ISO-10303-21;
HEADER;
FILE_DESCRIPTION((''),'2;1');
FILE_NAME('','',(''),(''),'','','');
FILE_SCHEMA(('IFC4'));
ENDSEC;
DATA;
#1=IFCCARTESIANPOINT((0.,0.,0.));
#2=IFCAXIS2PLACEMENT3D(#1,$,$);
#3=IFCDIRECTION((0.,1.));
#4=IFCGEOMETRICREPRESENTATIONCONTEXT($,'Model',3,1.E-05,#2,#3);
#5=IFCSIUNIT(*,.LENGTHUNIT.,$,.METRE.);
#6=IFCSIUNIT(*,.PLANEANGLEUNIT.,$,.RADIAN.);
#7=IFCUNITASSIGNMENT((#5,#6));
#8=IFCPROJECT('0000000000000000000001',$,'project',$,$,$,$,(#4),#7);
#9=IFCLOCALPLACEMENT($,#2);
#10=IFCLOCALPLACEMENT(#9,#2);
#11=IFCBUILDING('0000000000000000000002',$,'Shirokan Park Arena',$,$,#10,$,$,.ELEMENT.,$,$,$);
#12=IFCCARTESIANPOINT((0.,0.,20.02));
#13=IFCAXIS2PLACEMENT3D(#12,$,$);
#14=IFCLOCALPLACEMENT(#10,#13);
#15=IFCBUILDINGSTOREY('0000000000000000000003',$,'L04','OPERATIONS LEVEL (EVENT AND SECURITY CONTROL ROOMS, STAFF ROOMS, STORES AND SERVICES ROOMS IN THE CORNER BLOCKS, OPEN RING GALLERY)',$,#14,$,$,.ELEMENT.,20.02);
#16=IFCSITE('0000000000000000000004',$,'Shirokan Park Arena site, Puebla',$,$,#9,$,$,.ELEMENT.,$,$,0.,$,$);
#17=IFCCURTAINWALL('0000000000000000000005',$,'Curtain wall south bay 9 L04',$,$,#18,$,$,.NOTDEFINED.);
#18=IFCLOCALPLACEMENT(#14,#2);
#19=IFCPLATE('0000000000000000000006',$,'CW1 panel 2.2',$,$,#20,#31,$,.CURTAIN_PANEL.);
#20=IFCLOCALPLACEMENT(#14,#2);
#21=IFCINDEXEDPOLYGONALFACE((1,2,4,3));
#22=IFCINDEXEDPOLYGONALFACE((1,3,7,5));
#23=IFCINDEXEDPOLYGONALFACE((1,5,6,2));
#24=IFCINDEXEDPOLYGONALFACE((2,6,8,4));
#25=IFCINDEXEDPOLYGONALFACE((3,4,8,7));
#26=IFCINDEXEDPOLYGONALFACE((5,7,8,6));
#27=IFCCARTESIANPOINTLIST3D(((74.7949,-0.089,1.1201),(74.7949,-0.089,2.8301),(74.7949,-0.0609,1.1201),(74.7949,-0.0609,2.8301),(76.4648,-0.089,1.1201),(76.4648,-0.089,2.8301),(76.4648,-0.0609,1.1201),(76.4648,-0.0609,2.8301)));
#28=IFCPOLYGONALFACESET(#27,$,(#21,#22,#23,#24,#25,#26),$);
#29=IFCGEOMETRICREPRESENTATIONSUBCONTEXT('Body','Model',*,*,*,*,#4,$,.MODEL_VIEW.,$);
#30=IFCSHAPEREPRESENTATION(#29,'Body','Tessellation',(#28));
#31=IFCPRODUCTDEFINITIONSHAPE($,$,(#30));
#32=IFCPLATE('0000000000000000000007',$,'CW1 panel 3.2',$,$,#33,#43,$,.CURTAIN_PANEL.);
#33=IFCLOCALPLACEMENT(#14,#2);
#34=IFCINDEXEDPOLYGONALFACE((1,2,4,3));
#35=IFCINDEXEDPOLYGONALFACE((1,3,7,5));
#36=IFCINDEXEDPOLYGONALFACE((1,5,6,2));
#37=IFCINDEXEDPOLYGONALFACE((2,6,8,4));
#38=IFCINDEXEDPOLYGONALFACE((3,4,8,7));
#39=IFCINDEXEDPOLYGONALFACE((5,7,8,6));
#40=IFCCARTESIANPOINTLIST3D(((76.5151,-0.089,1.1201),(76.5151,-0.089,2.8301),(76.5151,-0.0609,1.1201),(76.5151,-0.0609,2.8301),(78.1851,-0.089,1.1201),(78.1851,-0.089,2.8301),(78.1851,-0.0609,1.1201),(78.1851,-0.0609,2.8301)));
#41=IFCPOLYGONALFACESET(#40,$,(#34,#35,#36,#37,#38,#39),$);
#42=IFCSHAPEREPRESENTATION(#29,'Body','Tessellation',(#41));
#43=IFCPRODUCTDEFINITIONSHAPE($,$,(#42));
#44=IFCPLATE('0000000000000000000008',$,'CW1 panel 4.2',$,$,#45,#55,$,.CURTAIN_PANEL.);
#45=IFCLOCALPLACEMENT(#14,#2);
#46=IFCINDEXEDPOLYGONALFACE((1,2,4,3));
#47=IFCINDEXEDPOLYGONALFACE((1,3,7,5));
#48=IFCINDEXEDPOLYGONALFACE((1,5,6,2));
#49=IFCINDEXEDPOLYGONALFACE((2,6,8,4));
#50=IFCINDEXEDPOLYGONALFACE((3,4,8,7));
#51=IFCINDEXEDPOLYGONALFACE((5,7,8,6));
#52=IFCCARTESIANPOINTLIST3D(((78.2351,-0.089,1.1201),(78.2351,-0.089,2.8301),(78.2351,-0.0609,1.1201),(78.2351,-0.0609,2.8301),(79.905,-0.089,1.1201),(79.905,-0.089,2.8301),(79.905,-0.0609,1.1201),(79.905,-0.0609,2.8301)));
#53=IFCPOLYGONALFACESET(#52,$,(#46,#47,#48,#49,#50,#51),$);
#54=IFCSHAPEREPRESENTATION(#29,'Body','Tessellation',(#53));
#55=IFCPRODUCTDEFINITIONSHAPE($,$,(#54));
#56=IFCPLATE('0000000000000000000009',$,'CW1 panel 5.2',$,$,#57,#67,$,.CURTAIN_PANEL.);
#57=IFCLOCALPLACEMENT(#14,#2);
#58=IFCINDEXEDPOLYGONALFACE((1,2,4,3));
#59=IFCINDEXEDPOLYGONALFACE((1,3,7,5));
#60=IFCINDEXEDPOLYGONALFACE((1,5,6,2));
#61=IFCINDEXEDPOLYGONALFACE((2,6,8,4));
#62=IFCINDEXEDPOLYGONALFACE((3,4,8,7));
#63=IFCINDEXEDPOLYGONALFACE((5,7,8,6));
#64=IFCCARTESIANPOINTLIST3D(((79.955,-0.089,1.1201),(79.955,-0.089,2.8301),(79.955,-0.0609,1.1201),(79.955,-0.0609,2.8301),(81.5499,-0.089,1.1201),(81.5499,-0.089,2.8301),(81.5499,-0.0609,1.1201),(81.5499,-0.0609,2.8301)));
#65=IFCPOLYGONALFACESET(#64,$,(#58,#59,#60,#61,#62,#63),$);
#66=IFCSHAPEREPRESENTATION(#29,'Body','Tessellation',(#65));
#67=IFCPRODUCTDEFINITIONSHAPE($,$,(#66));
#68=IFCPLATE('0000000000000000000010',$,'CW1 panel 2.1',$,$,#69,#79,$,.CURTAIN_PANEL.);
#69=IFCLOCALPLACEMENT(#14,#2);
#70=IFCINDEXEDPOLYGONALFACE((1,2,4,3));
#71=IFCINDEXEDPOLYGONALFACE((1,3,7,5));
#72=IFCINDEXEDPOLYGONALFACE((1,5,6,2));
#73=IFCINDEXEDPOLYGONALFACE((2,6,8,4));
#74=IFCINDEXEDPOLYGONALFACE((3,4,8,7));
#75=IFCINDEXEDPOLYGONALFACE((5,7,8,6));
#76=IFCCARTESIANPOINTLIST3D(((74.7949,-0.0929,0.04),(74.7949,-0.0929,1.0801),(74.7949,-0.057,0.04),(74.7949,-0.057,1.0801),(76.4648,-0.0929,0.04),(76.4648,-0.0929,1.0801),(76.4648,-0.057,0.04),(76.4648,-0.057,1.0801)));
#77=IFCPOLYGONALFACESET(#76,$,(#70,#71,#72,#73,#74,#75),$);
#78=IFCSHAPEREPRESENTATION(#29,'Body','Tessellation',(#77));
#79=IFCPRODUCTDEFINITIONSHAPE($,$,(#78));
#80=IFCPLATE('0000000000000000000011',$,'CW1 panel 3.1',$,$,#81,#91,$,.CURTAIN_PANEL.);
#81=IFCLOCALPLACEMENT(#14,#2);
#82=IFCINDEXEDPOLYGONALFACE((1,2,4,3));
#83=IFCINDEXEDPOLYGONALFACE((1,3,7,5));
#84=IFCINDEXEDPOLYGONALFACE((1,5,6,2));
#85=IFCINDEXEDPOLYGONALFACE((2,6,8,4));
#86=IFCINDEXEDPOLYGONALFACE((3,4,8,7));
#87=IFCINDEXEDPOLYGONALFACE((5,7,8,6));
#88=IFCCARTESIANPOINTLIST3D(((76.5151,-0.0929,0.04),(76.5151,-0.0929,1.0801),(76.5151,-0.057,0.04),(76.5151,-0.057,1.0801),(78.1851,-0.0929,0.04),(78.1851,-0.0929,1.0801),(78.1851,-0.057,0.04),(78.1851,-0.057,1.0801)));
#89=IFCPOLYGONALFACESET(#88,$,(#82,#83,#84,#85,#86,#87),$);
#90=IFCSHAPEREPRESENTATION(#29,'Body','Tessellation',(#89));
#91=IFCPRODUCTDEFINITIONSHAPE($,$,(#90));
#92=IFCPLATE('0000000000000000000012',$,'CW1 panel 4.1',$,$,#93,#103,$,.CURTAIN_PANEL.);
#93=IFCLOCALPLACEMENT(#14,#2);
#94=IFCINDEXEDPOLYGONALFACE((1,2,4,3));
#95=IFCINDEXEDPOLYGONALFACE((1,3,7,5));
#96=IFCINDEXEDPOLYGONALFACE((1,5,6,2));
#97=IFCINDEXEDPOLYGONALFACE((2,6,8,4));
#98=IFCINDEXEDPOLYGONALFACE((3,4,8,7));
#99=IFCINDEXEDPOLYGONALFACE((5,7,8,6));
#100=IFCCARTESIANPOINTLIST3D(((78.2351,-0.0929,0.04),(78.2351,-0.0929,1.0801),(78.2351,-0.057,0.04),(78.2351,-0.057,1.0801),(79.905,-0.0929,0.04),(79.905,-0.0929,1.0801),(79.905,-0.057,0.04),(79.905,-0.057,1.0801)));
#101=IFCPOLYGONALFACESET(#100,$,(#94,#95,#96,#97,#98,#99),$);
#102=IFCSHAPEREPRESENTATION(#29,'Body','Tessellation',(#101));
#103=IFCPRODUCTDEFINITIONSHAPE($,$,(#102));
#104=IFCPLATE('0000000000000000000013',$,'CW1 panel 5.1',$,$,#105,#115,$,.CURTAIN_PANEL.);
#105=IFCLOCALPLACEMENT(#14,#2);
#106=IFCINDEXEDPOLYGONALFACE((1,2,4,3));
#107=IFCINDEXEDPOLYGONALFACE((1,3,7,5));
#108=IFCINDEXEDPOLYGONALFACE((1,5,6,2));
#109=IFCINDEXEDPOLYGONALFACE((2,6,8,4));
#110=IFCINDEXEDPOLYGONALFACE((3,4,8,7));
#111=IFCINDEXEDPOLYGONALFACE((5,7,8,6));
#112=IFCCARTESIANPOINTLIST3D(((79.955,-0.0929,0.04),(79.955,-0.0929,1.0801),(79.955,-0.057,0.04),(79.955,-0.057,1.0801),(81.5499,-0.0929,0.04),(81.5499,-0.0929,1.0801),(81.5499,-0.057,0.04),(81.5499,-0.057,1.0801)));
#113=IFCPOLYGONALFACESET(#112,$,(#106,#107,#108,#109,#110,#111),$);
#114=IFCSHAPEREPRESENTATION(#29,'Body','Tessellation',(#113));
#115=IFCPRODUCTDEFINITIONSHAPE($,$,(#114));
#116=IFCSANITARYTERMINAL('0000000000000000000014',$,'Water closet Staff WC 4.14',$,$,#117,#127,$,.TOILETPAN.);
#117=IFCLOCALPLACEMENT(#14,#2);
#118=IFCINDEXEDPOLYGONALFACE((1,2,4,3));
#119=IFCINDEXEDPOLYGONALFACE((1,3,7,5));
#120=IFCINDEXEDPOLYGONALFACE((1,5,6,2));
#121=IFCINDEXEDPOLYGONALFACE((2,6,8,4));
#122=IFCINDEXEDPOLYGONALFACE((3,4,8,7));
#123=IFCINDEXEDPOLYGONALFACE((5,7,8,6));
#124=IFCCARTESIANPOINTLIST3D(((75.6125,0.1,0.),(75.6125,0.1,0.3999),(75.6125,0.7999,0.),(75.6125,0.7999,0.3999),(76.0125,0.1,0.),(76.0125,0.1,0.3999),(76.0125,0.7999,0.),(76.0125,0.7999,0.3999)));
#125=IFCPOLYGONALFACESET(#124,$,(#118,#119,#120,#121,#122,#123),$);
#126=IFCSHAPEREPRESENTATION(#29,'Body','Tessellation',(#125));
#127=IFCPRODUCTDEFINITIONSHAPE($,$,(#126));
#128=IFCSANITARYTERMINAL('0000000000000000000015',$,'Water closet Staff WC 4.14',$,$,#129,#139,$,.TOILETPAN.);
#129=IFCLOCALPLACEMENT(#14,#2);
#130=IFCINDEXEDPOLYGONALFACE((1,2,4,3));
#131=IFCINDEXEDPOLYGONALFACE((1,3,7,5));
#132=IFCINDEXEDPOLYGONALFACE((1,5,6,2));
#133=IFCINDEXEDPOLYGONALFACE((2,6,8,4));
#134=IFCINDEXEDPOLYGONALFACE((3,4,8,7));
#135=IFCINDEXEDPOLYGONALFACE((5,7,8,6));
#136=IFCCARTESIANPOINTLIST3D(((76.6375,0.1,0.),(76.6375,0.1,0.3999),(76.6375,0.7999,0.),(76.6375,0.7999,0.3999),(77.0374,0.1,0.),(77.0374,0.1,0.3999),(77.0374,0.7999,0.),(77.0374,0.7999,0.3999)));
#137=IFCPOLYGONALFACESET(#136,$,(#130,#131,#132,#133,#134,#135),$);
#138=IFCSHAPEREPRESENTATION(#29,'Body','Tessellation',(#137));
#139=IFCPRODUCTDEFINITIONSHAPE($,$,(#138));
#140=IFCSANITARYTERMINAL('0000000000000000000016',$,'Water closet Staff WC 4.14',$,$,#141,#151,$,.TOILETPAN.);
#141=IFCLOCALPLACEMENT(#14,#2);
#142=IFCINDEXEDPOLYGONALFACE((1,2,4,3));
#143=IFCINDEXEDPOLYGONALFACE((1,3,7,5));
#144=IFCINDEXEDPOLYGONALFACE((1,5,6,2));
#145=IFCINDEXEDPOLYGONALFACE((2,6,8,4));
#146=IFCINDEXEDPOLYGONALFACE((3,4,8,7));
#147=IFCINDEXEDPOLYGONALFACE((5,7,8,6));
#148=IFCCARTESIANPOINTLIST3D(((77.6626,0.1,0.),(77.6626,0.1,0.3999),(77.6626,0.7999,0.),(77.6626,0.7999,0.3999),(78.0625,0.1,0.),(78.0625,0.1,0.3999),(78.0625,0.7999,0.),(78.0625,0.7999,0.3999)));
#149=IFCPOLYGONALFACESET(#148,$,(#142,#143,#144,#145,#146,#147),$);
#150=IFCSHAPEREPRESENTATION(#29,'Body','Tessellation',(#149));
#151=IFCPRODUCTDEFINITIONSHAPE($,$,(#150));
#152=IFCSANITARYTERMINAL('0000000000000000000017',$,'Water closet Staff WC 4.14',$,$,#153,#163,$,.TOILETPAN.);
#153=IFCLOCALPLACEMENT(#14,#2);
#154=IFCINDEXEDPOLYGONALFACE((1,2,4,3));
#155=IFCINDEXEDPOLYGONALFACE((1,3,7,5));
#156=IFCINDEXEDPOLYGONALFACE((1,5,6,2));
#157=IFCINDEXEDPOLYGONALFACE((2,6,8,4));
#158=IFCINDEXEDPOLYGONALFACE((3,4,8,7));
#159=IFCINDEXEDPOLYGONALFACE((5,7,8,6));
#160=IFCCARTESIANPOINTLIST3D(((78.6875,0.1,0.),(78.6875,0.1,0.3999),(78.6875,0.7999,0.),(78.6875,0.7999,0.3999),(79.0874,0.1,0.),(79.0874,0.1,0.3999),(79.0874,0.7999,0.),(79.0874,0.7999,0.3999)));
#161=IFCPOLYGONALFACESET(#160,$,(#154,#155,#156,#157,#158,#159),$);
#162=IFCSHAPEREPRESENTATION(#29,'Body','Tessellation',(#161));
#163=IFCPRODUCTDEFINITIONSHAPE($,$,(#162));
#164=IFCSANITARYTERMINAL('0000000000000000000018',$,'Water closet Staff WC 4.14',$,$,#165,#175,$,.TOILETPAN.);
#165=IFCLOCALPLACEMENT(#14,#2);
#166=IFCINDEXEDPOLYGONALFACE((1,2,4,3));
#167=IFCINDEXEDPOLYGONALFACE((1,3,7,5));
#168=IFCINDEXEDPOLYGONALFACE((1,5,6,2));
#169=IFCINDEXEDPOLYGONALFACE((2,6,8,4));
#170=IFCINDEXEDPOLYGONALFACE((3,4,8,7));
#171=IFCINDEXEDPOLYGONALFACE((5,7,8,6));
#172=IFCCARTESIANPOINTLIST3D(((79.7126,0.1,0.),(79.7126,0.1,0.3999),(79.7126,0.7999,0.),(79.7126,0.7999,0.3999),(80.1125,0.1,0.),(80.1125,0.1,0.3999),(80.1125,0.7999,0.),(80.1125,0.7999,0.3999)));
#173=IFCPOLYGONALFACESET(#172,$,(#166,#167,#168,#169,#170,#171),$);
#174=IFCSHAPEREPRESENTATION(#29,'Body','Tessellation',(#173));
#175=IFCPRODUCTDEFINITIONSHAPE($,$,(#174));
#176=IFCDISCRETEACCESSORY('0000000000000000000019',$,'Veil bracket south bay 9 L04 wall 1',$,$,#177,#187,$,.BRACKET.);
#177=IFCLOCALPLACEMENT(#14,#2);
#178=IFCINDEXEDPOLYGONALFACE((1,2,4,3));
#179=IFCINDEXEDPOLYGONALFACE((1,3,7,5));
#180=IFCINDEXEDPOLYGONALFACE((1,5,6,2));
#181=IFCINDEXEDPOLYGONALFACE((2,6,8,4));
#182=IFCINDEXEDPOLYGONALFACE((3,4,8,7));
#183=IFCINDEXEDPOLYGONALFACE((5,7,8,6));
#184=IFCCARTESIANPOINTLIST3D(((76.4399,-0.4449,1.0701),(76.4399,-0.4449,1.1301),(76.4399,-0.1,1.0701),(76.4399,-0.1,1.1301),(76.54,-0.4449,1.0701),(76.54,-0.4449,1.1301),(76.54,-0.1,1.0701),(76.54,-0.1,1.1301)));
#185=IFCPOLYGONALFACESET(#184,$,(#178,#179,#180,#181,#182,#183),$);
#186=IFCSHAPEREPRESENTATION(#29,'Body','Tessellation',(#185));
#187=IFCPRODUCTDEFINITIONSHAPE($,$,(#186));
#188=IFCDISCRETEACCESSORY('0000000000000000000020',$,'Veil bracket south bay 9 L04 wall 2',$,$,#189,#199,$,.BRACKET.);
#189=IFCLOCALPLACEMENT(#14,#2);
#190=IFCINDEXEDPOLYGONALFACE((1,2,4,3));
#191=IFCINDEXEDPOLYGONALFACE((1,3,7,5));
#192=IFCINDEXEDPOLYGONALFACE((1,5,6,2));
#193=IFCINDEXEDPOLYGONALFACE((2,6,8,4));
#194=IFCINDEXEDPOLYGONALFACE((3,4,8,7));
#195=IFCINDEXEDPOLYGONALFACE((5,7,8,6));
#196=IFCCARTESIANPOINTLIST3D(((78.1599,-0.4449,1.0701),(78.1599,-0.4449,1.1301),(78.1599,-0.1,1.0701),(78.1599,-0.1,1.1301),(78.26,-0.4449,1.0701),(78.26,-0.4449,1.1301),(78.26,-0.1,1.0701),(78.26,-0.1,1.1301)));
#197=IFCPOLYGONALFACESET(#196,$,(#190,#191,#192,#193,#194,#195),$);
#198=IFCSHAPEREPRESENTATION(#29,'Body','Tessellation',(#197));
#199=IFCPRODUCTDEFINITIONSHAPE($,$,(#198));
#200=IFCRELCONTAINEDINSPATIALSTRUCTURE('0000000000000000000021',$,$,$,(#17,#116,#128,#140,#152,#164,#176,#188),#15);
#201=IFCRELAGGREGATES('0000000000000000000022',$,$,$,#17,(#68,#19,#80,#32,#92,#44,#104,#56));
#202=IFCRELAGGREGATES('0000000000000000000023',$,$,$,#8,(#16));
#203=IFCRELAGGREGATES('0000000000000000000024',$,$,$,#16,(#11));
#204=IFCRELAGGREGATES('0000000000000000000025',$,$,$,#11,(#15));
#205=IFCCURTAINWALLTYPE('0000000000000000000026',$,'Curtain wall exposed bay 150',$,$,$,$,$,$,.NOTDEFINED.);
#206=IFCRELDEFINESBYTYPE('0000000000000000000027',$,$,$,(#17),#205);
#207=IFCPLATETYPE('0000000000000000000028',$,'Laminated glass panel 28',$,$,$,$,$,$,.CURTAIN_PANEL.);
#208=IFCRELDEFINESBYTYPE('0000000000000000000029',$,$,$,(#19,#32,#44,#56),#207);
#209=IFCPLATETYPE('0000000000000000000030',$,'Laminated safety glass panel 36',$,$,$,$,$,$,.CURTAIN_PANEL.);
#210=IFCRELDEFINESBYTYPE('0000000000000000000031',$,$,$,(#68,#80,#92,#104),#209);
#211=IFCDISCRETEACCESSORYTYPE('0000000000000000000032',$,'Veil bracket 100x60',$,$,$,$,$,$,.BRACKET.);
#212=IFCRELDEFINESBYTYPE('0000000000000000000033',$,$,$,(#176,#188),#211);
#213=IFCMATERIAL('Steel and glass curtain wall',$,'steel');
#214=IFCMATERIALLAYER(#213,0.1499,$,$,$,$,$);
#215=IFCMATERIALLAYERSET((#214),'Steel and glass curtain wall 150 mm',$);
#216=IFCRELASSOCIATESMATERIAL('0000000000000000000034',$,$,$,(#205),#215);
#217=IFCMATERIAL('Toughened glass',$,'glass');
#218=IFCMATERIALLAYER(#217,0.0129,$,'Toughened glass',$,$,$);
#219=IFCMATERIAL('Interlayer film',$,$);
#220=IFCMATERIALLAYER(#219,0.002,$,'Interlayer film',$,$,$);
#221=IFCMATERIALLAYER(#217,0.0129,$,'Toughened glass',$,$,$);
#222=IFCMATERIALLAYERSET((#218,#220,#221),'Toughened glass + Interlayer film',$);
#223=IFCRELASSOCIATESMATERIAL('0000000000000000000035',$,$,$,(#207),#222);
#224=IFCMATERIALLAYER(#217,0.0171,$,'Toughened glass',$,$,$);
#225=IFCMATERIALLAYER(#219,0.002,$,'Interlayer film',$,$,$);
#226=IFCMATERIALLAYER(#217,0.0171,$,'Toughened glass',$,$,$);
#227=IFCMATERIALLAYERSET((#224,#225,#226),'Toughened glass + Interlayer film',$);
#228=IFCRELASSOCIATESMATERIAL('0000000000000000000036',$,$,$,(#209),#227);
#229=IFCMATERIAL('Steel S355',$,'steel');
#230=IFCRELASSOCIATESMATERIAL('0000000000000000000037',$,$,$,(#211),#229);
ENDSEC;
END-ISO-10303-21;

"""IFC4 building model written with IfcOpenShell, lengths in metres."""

from ifc_helpers import new_model, si_unit, direction, frame, origin, origin_2d, place, context, subcontext, project, spatial, rectangle, extrude, material, layer, layer_set, type_object, element, aggregate, save


model = new_model("IFC4")

# Units and contexts
model_context = context("Model", 3, precision=1e-05, world=origin(), true_north=direction((0.0, 1.0)))
body_context = subcontext(model_context, "Body", "Model", "MODEL_VIEW")
ifc_project = project(units=[si_unit("LENGTHUNIT", "METRE"), si_unit("PLANEANGLEUNIT", "RADIAN")], contexts=[model_context])

# Site, building, storey
site_placement = place(None, origin())
site = spatial("IfcSite", under=ifc_project, at=site_placement, Name="Shirokan Park Arena site, Puebla", CompositionType="ELEMENT", RefElevation=0.0)
building_placement = place(site_placement, origin())
building = spatial("IfcBuilding", under=site, at=building_placement, Name="Shirokan Park Arena", CompositionType="ELEMENT")
storey_placement = place(building_placement, frame((0.0, 0.0, 20.02)))
storey = spatial("IfcBuildingStorey", under=building, at=storey_placement, Name="L04", Description="OPERATIONS LEVEL (EVENT AND SECURITY CONTROL ROOMS, STAFF ROOMS, STORES AND SERVICES ROOMS IN THE CORNER BLOCKS, OPEN RING GALLERY)", CompositionType="ELEMENT", Elevation=20.02)

# Curtain wall
ifc_material_1 = material(Name="Steel and glass curtain wall", Category="steel")
ifc_layer_1 = layer(ifc_material_1, 0.1499)
ifc_layer_set_1 = layer_set([ifc_layer_1], Name="Steel and glass curtain wall 150 mm")
curtain_wall_type = type_object("IfcCurtainWallType", Name="Curtain wall exposed bay 150", PredefinedType="NOTDEFINED", material=ifc_layer_set_1)
curtain_wall_placement = place(storey_placement, origin())
curtain_wall = element("IfcCurtainWall", 1, at=curtain_wall_placement, inside=storey, type_object=curtain_wall_type, Name="Curtain wall south bay 9 L04", PredefinedType="NOTDEFINED")
ifc_material_2 = material(Name="Steel S355", Category="steel")

# Plates
ifc_material_3 = material(Name="Toughened glass", Category="glass")
ifc_layer_2 = layer(ifc_material_3, 0.0129, Name="Toughened glass")
ifc_material_4 = material(Name="Interlayer film")
ifc_layer_3 = layer(ifc_material_4, 0.002, Name="Interlayer film")
ifc_layer_4 = layer(ifc_material_3, 0.0129, Name="Toughened glass")
ifc_layer_set_2 = layer_set([ifc_layer_2, ifc_layer_3, ifc_layer_4], Name="Toughened glass + Interlayer film")
plate_type_1 = type_object("IfcPlateType", Name="Laminated glass panel 28", PredefinedType="CURTAIN_PANEL", material=ifc_layer_set_2)
plate_1_placement = place(storey_placement, frame((75.6299, -0.075, 1.1201), z_axis=(0.0, 0.0, 1.0), x_axis=(1.0, 0.0, 0.0)))
plate_1 = element("IfcPlate", 2, at=plate_1_placement, type_object=plate_type_1, Name="CW1 panel 2.2", PredefinedType="CURTAIN_PANEL", context=body_context, shape_type="SweptSolid", body=[
    extrude(rectangle(XDim=1.6699, YDim=0.0281, at=origin_2d()), origin(), (0.0, 0.0, 1.0), 1.71),
])
plate_2_placement = place(storey_placement, frame((77.3501, -0.075, 1.1201), z_axis=(0.0, 0.0, 1.0), x_axis=(1.0, 0.0, 0.0)))
plate_2 = element("IfcPlate", 3, at=plate_2_placement, type_object=plate_type_1, Name="CW1 panel 3.2", PredefinedType="CURTAIN_PANEL", context=body_context, shape_type="SweptSolid", body=[
    extrude(rectangle(XDim=1.6699, YDim=0.0281, at=origin_2d()), origin(), (0.0, 0.0, 1.0), 1.71),
])
plate_3_placement = place(storey_placement, frame((79.0701, -0.075, 1.1201), z_axis=(0.0, 0.0, 1.0), x_axis=(1.0, 0.0, 0.0)))
plate_3 = element("IfcPlate", 4, at=plate_3_placement, type_object=plate_type_1, Name="CW1 panel 4.2", PredefinedType="CURTAIN_PANEL", context=body_context, shape_type="SweptSolid", body=[
    extrude(rectangle(XDim=1.6699, YDim=0.0281, at=origin_2d()), origin(), (0.0, 0.0, 1.0), 1.71),
])
plate_4_placement = place(storey_placement, frame((80.7524, -0.075, 1.1201), z_axis=(0.0, 0.0, 1.0), x_axis=(1.0, 0.0, 0.0)))
plate_4 = element("IfcPlate", 5, at=plate_4_placement, type_object=plate_type_1, Name="CW1 panel 5.2", PredefinedType="CURTAIN_PANEL", context=body_context, shape_type="SweptSolid", body=[
    extrude(rectangle(XDim=1.595, YDim=0.0281, at=origin_2d()), origin(), (0.0, 0.0, 1.0), 1.71),
])
ifc_layer_5 = layer(ifc_material_3, 0.0171, Name="Toughened glass")
ifc_layer_6 = layer(ifc_material_4, 0.002, Name="Interlayer film")
ifc_layer_7 = layer(ifc_material_3, 0.0171, Name="Toughened glass")
ifc_layer_set_3 = layer_set([ifc_layer_5, ifc_layer_6, ifc_layer_7], Name="Toughened glass + Interlayer film")
plate_type_2 = type_object("IfcPlateType", Name="Laminated safety glass panel 36", PredefinedType="CURTAIN_PANEL", material=ifc_layer_set_3)
plate_5_placement = place(storey_placement, frame((75.6299, -0.075, 0.04), z_axis=(0.0, 0.0, 1.0), x_axis=(1.0, 0.0, 0.0)))
plate_5 = element("IfcPlate", 6, at=plate_5_placement, type_object=plate_type_2, Name="CW1 panel 2.1", PredefinedType="CURTAIN_PANEL", context=body_context, shape_type="SweptSolid", body=[
    extrude(rectangle(XDim=1.6699, YDim=0.0359, at=origin_2d()), origin(), (0.0, 0.0, 1.0), 1.04),
])
plate_6_placement = place(storey_placement, frame((77.3501, -0.075, 0.04), z_axis=(0.0, 0.0, 1.0), x_axis=(1.0, 0.0, 0.0)))
plate_6 = element("IfcPlate", 7, at=plate_6_placement, type_object=plate_type_2, Name="CW1 panel 3.1", PredefinedType="CURTAIN_PANEL", context=body_context, shape_type="SweptSolid", body=[
    extrude(rectangle(XDim=1.6699, YDim=0.0359, at=origin_2d()), origin(), (0.0, 0.0, 1.0), 1.04),
])
plate_7_placement = place(storey_placement, frame((79.0701, -0.075, 0.04), z_axis=(0.0, 0.0, 1.0), x_axis=(1.0, 0.0, 0.0)))
plate_7 = element("IfcPlate", 8, at=plate_7_placement, type_object=plate_type_2, Name="CW1 panel 4.1", PredefinedType="CURTAIN_PANEL", context=body_context, shape_type="SweptSolid", body=[
    extrude(rectangle(XDim=1.6699, YDim=0.0359, at=origin_2d()), origin(), (0.0, 0.0, 1.0), 1.04),
])
plate_8_placement = place(storey_placement, frame((80.7524, -0.075, 0.04), z_axis=(0.0, 0.0, 1.0), x_axis=(1.0, 0.0, 0.0)))
plate_8 = element("IfcPlate", 9, at=plate_8_placement, type_object=plate_type_2, Name="CW1 panel 5.1", PredefinedType="CURTAIN_PANEL", context=body_context, shape_type="SweptSolid", body=[
    extrude(rectangle(XDim=1.595, YDim=0.0359, at=origin_2d()), origin(), (0.0, 0.0, 1.0), 1.04),
])
aggregate(curtain_wall, [plate_5, plate_1, plate_6, plate_2, plate_7, plate_3, plate_8, plate_4])

# Sanitary terminals
for number, where, z_axis, x_axis, name in (
    (10, (75.8125, 0.45, 0.0), (0.0, 0.0, 1.0), (1.0, 0.0, 0.0), "Water closet Staff WC 4.14"),
    (11, (76.8374, 0.45, 0.0), (0.0, 0.0, 1.0), (1.0, 0.0, 0.0), "Water closet Staff WC 4.14"),
    (12, (77.8625, 0.45, 0.0), (0.0, 0.0, 1.0), (1.0, 0.0, 0.0), "Water closet Staff WC 4.14"),
    (13, (78.8875, 0.45, 0.0), (0.0, 0.0, 1.0), (1.0, 0.0, 0.0), "Water closet Staff WC 4.14"),
    (14, (79.9126, 0.45, 0.0), (0.0, 0.0, 1.0), (1.0, 0.0, 0.0), "Water closet Staff WC 4.14"),
):
    element("IfcSanitaryTerminal", number, at=place(storey_placement, frame(where, z_axis=z_axis, x_axis=x_axis)), inside=storey, Name=name, PredefinedType="TOILETPAN", context=body_context, shape_type="SweptSolid", body=[
        extrude(rectangle(XDim=0.3999, YDim=0.7, at=origin_2d()), origin(), (0.0, 0.0, 1.0), 0.3999),
    ])

# Discrete accessories
discrete_accessory_type = type_object("IfcDiscreteAccessoryType", Name="Veil bracket 100x60", PredefinedType="BRACKET", material=ifc_material_2)
for number, where, z_axis, x_axis, name in (
    (15, (76.49, -0.2725, 1.0701), (0.0, 0.0, 1.0), (1.0, 0.0, 0.0), "Veil bracket south bay 9 L04 wall 1"),
    (16, (78.21, -0.2725, 1.0701), (0.0, 0.0, 1.0), (1.0, 0.0, 0.0), "Veil bracket south bay 9 L04 wall 2"),
):
    element("IfcDiscreteAccessory", number, at=place(storey_placement, frame(where, z_axis=z_axis, x_axis=x_axis)), inside=storey, type_object=discrete_accessory_type, Name=name, PredefinedType="BRACKET", context=body_context, shape_type="SweptSolid", body=[
        extrude(rectangle(XDim=0.1001, YDim=0.345, at=origin_2d()), origin(), (0.0, 0.0, 1.0), 0.0601),
    ])

save(model, "model.ifc")
